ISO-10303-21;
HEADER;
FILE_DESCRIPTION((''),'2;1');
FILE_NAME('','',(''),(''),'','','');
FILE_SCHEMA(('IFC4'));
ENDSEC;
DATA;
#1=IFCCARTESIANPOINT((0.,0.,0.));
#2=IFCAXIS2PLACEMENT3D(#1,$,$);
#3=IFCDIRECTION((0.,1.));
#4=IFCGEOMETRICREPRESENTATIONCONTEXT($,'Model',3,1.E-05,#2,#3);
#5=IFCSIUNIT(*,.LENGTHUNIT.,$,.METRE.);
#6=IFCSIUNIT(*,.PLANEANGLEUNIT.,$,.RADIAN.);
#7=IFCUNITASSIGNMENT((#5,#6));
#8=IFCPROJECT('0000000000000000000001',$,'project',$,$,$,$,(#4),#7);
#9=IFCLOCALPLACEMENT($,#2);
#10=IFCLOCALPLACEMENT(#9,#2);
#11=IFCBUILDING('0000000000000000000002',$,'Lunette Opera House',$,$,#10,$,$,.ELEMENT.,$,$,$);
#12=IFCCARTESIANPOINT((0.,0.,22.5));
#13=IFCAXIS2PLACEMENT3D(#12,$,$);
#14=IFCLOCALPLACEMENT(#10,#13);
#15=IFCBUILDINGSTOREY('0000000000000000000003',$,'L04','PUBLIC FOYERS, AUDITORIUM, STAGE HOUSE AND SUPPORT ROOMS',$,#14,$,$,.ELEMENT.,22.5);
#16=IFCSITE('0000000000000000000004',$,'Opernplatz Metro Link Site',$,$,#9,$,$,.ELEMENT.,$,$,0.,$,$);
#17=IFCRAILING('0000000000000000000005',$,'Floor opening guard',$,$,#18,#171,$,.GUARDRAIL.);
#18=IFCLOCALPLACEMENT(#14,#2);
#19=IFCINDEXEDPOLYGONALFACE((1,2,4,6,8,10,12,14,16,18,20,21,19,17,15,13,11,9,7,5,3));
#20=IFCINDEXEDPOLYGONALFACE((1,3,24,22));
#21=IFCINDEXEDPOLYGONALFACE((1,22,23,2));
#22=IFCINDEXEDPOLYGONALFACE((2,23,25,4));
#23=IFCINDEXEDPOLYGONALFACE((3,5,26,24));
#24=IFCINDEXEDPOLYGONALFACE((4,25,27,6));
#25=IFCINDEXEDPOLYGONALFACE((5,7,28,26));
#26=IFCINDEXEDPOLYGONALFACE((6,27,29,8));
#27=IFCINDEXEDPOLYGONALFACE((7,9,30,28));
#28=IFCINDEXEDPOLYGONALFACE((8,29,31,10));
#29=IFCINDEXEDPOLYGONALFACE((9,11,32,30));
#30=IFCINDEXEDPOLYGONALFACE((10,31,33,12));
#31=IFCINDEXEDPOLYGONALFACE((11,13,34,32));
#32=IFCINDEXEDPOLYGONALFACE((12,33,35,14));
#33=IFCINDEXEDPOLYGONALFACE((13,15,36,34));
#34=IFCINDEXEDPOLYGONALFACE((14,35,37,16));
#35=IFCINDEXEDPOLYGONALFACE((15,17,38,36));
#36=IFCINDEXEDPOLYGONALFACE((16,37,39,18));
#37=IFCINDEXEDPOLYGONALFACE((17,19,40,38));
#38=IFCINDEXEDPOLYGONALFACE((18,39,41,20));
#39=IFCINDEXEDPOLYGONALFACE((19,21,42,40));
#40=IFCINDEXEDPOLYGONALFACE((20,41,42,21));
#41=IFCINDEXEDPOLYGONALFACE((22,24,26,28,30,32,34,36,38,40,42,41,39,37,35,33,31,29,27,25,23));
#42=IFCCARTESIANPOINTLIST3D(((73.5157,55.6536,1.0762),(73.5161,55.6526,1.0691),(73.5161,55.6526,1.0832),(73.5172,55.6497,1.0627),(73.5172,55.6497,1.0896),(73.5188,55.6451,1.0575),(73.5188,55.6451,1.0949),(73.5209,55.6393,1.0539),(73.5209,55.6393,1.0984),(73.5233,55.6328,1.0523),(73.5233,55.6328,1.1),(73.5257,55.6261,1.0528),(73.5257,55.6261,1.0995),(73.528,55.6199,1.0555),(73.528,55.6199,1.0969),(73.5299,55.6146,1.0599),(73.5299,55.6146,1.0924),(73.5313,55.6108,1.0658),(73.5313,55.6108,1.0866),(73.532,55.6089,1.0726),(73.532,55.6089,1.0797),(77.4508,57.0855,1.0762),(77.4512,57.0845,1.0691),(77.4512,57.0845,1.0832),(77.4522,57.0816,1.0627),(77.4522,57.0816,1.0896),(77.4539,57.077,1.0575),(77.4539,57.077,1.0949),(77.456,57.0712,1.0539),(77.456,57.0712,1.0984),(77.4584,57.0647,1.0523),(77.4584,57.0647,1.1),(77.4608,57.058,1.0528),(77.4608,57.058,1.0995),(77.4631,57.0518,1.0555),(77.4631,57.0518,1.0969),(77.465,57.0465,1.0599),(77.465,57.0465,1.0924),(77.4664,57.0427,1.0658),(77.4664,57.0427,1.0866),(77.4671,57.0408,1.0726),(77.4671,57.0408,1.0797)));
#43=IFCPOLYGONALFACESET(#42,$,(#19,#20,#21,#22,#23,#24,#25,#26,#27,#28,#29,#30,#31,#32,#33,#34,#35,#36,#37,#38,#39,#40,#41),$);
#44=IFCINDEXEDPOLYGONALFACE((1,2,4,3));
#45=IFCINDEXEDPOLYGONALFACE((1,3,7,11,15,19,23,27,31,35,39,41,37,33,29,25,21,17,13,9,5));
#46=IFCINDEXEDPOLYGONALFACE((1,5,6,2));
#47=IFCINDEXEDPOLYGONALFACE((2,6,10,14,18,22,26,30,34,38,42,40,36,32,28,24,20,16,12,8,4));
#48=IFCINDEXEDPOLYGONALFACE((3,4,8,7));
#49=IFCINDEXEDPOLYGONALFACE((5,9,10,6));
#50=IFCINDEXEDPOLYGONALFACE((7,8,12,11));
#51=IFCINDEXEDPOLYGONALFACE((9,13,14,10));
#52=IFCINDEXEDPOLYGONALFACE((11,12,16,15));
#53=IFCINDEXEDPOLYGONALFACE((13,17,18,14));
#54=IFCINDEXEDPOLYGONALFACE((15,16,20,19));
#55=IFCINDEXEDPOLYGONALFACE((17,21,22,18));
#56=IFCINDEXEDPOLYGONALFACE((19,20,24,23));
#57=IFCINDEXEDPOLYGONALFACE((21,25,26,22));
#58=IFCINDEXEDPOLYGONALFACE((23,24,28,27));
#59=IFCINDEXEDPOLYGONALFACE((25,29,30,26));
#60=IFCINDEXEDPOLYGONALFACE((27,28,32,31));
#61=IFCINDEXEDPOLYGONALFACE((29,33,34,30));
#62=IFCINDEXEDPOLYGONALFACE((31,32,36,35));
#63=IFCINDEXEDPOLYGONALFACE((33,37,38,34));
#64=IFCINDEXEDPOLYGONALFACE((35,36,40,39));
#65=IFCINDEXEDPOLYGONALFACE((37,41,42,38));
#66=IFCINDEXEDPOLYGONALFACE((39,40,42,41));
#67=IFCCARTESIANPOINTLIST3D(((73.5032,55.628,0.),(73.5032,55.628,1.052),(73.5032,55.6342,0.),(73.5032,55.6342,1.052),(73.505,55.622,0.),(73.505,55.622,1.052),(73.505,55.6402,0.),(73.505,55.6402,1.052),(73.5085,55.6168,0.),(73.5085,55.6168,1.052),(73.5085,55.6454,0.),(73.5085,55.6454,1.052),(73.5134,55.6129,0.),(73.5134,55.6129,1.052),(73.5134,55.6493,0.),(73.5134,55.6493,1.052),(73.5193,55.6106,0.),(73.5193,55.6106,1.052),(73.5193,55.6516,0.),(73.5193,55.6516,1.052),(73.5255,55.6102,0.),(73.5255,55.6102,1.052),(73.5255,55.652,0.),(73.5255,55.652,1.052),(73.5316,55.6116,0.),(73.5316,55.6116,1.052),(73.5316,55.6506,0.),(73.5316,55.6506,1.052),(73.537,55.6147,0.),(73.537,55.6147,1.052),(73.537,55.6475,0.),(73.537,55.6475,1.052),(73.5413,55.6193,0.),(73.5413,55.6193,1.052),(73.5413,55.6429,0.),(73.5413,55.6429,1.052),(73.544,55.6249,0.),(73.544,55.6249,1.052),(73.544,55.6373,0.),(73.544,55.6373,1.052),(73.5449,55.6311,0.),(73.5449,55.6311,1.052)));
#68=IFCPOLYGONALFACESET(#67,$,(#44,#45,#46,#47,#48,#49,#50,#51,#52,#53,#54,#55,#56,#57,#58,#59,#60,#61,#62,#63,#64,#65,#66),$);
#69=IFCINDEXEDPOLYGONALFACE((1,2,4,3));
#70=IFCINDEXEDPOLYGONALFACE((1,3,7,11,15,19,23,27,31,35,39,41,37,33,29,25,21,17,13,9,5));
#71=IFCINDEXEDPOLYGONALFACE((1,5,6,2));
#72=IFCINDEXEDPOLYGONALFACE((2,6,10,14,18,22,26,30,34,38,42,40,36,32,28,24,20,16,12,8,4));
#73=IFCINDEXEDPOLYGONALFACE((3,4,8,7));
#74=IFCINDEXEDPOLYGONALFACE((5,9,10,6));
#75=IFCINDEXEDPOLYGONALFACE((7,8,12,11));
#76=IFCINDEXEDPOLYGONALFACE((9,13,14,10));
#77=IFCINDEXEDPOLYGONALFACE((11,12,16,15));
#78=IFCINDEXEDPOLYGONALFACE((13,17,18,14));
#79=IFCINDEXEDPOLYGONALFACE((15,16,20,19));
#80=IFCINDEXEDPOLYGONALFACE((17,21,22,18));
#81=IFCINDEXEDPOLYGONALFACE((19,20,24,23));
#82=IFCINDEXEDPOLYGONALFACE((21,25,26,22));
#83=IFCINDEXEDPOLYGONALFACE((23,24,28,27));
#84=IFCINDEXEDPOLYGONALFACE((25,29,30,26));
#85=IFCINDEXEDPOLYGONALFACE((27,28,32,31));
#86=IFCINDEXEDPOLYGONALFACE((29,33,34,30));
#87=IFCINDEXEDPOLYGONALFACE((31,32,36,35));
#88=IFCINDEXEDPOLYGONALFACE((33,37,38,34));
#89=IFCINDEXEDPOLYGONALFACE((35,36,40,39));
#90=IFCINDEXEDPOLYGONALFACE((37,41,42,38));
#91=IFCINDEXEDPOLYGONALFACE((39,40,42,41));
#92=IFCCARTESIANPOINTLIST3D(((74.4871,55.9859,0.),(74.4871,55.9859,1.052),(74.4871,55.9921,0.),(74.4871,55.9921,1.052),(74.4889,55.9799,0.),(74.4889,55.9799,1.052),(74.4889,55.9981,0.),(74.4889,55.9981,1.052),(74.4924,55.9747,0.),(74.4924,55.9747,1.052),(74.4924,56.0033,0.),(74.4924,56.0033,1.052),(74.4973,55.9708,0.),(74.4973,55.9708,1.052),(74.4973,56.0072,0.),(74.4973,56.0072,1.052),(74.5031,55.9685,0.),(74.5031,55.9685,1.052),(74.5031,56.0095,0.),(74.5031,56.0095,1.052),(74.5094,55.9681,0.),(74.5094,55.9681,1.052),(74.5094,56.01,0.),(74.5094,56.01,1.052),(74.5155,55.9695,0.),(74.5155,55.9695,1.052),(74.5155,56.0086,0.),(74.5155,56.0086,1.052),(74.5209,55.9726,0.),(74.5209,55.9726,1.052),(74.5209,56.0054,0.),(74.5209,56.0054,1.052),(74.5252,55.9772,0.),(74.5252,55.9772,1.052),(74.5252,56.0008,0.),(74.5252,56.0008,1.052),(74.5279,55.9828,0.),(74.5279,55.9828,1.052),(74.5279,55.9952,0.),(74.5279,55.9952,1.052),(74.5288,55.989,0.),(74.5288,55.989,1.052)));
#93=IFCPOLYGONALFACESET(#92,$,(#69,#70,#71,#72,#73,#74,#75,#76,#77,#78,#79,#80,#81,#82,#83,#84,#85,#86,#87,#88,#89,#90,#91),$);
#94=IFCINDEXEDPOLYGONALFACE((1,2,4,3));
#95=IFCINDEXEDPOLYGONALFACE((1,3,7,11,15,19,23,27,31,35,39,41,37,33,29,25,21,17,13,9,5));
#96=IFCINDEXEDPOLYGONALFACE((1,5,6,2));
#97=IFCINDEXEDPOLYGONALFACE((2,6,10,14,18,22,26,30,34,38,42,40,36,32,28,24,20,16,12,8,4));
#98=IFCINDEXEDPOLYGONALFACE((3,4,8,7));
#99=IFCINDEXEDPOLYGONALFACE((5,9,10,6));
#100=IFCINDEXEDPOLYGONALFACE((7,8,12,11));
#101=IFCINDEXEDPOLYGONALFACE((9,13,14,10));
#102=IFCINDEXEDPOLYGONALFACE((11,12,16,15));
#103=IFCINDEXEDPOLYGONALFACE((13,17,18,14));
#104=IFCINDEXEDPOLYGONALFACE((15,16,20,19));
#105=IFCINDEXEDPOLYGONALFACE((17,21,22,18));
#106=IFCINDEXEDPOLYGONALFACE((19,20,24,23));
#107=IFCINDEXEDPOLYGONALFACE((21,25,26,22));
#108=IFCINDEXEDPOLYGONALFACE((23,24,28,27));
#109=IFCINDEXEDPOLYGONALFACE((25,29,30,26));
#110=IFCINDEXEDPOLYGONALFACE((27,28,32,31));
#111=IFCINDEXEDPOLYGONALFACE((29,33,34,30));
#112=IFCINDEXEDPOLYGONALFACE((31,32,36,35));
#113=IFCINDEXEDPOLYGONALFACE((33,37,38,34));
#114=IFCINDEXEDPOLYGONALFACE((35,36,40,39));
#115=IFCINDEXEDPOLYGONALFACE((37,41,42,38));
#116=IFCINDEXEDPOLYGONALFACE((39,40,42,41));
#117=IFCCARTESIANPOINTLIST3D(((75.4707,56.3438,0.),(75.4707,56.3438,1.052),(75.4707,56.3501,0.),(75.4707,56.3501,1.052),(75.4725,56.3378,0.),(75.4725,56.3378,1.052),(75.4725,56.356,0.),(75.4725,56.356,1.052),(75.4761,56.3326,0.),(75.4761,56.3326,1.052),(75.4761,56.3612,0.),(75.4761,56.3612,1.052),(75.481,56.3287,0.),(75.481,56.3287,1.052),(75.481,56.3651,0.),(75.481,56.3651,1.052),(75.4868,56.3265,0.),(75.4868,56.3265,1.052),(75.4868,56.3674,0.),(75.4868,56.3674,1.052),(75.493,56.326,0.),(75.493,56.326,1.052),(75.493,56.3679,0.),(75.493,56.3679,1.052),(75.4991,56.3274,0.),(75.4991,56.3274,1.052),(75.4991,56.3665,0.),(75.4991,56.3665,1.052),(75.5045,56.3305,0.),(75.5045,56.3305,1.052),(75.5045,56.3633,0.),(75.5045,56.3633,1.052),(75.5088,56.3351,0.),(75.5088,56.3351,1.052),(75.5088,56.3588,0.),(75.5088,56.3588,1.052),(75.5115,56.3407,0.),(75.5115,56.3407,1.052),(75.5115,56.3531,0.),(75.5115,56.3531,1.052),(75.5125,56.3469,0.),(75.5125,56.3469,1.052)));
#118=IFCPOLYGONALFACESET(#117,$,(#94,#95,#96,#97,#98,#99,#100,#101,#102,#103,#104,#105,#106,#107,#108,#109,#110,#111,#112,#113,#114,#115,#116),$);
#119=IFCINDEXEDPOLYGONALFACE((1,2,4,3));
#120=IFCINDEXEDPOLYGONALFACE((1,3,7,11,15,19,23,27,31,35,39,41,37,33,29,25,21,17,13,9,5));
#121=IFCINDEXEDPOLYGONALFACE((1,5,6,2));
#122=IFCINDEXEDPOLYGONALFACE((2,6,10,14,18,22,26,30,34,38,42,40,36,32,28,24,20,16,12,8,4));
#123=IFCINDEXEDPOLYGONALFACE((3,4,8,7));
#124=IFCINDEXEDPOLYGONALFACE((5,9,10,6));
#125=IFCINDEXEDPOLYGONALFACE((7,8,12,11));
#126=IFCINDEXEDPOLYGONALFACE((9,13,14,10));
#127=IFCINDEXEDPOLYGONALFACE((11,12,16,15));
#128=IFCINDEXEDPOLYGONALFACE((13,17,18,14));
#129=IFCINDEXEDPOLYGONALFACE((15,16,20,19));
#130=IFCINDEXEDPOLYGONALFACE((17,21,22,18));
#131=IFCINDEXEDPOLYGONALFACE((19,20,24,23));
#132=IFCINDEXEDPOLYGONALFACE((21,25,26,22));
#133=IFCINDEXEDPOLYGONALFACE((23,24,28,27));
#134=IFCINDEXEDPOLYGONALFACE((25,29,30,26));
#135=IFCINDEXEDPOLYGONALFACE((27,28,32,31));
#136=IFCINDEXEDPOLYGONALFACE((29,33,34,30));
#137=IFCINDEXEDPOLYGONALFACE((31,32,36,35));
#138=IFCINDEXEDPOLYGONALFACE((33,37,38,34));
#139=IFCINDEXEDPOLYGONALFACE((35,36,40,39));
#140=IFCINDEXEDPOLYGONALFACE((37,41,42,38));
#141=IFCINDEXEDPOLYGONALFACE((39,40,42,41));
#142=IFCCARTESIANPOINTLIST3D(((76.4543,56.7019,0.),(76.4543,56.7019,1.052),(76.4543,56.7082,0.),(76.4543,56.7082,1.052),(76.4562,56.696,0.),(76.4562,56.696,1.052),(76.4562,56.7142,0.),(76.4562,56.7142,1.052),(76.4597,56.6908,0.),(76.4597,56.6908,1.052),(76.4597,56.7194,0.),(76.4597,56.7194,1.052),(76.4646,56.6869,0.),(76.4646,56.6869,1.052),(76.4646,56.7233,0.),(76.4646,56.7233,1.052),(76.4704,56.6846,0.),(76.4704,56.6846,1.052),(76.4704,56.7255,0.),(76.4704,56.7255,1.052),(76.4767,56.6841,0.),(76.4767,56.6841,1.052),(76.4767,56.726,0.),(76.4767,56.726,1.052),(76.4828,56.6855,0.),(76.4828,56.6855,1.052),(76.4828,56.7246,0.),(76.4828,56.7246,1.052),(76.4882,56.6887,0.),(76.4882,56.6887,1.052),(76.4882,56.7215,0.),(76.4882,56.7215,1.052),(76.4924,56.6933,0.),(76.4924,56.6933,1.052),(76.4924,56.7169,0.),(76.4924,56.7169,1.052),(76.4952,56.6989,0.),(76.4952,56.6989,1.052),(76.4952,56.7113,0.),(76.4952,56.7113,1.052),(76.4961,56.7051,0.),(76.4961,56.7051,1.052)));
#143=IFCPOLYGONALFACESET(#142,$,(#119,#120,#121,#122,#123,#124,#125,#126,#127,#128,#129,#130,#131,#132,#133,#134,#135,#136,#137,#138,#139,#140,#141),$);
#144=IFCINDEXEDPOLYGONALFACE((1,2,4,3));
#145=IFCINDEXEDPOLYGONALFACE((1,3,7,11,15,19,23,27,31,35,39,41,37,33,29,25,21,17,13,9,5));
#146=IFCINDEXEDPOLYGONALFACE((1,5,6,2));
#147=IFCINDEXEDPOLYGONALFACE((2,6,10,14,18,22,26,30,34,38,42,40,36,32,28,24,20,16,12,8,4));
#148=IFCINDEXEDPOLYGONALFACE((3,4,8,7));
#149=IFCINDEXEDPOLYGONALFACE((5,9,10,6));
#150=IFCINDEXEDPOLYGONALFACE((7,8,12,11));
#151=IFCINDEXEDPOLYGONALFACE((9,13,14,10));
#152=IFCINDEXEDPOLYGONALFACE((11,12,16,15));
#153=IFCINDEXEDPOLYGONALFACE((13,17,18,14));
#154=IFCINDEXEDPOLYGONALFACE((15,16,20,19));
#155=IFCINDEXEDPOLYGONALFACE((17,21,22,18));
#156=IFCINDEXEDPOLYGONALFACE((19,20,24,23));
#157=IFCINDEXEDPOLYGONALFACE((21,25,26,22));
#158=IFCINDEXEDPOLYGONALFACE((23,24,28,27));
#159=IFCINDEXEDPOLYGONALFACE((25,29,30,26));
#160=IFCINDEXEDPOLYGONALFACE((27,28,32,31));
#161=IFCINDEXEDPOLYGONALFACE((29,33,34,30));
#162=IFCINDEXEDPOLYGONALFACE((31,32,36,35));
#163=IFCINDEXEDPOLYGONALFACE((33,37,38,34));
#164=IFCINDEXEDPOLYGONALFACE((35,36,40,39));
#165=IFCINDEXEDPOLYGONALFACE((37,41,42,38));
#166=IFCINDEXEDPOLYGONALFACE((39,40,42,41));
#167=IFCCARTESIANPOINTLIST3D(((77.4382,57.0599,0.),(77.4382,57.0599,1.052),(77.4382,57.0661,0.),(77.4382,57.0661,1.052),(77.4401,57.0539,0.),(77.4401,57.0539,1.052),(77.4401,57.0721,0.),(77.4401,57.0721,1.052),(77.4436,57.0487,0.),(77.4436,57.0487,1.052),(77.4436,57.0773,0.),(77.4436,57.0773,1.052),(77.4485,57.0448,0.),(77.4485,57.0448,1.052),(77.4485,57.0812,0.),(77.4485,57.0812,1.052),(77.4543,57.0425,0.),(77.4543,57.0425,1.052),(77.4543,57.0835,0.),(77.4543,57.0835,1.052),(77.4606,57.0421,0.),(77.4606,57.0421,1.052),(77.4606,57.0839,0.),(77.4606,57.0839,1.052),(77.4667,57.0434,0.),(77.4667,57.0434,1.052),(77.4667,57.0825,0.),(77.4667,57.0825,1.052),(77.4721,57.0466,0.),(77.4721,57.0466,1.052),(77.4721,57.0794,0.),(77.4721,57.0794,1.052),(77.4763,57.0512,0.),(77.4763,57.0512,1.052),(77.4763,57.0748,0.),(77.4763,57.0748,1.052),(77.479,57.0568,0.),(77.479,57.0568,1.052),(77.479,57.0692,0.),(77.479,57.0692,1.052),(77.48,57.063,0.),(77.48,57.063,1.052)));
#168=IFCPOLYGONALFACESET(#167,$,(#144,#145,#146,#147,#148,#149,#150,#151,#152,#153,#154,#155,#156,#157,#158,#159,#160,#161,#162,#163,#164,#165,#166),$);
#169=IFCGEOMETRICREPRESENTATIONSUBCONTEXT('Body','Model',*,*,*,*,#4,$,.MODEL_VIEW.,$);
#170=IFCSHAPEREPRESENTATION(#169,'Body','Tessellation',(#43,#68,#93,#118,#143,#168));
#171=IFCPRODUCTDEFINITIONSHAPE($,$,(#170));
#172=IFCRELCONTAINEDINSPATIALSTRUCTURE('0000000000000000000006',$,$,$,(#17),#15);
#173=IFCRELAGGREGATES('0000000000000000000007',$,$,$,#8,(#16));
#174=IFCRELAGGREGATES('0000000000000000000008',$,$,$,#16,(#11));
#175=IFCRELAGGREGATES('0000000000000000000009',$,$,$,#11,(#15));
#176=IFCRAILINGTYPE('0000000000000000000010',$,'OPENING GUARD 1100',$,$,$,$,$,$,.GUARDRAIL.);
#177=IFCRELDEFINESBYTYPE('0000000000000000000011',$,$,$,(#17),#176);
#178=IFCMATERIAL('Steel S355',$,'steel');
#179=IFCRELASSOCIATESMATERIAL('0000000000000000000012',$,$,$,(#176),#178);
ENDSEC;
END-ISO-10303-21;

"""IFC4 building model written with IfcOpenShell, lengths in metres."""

from ifc_helpers import new_model, si_unit, direction, frame, origin, origin_2d, place, context, subcontext, project, spatial, circle, extrude, material, type_object, element, save


model = new_model("IFC4")

# Units and contexts
model_context = context("Model", 3, precision=1e-05, world=origin(), true_north=direction((0.0, 1.0)))
body_context = subcontext(model_context, "Body", "Model", "MODEL_VIEW")
ifc_project = project(units=[si_unit("LENGTHUNIT", "METRE"), si_unit("PLANEANGLEUNIT", "RADIAN")], contexts=[model_context])

# Site, building, storey
site_placement = place(None, origin())
site = spatial("IfcSite", under=ifc_project, at=site_placement, Name="Opernplatz Metro Link Site", CompositionType="ELEMENT", RefElevation=0.0)
building_placement = place(site_placement, origin())
building = spatial("IfcBuilding", under=site, at=building_placement, Name="Lunette Opera House", CompositionType="ELEMENT")
storey_placement = place(building_placement, frame((0.0, 0.0, 22.5)))
storey = spatial("IfcBuildingStorey", under=building, at=storey_placement, Name="L04", Description="PUBLIC FOYERS, AUDITORIUM, STAGE HOUSE AND SUPPORT ROOMS", CompositionType="ELEMENT", Elevation=22.5)

# Railing
ifc_material_1 = material(Name="Steel S355", Category="steel")
railing_type_1 = type_object("IfcRailingType", Name="OPENING GUARD 1100", PredefinedType="GUARDRAIL", material=ifc_material_1)
railing_1_placement = place(storey_placement, frame((73.5239, 55.6311, 0.0)))
element("IfcRailing", 1, at=railing_1_placement, inside=storey, type_object=railing_type_1, Name="Floor opening guard", PredefinedType="GUARDRAIL", context=body_context, shape_type="SweptSolid", body=[
    extrude(circle(Radius=0.0239, at=origin_2d()), frame((0.0, 0.0, 1.0762), z_axis=(0.93972, 0.341944, 0.0), x_axis=(-0.341944, 0.93972, 0.0)), (0.0, 0.0, 1.0), 4.1875),
    extrude(circle(Radius=0.021, at=origin_2d()), origin(), (0.0, 0.0, 1.0), 1.052),
    extrude(circle(Radius=0.021, at=origin_2d()), frame((0.9839, 0.3579, 0.0)), (0.0, 0.0, 1.0), 1.052),
    extrude(circle(Radius=0.021, at=origin_2d()), frame((1.9675, 0.7158, 0.0)), (0.0, 0.0, 1.0), 1.052),
    extrude(circle(Radius=0.021, at=origin_2d()), frame((2.9512, 1.074, 0.0)), (0.0, 0.0, 1.0), 1.052),
    extrude(circle(Radius=0.021, at=origin_2d()), frame((3.9351, 1.4319, 0.0)), (0.0, 0.0, 1.0), 1.052),
])

save(model, "model.ifc")
